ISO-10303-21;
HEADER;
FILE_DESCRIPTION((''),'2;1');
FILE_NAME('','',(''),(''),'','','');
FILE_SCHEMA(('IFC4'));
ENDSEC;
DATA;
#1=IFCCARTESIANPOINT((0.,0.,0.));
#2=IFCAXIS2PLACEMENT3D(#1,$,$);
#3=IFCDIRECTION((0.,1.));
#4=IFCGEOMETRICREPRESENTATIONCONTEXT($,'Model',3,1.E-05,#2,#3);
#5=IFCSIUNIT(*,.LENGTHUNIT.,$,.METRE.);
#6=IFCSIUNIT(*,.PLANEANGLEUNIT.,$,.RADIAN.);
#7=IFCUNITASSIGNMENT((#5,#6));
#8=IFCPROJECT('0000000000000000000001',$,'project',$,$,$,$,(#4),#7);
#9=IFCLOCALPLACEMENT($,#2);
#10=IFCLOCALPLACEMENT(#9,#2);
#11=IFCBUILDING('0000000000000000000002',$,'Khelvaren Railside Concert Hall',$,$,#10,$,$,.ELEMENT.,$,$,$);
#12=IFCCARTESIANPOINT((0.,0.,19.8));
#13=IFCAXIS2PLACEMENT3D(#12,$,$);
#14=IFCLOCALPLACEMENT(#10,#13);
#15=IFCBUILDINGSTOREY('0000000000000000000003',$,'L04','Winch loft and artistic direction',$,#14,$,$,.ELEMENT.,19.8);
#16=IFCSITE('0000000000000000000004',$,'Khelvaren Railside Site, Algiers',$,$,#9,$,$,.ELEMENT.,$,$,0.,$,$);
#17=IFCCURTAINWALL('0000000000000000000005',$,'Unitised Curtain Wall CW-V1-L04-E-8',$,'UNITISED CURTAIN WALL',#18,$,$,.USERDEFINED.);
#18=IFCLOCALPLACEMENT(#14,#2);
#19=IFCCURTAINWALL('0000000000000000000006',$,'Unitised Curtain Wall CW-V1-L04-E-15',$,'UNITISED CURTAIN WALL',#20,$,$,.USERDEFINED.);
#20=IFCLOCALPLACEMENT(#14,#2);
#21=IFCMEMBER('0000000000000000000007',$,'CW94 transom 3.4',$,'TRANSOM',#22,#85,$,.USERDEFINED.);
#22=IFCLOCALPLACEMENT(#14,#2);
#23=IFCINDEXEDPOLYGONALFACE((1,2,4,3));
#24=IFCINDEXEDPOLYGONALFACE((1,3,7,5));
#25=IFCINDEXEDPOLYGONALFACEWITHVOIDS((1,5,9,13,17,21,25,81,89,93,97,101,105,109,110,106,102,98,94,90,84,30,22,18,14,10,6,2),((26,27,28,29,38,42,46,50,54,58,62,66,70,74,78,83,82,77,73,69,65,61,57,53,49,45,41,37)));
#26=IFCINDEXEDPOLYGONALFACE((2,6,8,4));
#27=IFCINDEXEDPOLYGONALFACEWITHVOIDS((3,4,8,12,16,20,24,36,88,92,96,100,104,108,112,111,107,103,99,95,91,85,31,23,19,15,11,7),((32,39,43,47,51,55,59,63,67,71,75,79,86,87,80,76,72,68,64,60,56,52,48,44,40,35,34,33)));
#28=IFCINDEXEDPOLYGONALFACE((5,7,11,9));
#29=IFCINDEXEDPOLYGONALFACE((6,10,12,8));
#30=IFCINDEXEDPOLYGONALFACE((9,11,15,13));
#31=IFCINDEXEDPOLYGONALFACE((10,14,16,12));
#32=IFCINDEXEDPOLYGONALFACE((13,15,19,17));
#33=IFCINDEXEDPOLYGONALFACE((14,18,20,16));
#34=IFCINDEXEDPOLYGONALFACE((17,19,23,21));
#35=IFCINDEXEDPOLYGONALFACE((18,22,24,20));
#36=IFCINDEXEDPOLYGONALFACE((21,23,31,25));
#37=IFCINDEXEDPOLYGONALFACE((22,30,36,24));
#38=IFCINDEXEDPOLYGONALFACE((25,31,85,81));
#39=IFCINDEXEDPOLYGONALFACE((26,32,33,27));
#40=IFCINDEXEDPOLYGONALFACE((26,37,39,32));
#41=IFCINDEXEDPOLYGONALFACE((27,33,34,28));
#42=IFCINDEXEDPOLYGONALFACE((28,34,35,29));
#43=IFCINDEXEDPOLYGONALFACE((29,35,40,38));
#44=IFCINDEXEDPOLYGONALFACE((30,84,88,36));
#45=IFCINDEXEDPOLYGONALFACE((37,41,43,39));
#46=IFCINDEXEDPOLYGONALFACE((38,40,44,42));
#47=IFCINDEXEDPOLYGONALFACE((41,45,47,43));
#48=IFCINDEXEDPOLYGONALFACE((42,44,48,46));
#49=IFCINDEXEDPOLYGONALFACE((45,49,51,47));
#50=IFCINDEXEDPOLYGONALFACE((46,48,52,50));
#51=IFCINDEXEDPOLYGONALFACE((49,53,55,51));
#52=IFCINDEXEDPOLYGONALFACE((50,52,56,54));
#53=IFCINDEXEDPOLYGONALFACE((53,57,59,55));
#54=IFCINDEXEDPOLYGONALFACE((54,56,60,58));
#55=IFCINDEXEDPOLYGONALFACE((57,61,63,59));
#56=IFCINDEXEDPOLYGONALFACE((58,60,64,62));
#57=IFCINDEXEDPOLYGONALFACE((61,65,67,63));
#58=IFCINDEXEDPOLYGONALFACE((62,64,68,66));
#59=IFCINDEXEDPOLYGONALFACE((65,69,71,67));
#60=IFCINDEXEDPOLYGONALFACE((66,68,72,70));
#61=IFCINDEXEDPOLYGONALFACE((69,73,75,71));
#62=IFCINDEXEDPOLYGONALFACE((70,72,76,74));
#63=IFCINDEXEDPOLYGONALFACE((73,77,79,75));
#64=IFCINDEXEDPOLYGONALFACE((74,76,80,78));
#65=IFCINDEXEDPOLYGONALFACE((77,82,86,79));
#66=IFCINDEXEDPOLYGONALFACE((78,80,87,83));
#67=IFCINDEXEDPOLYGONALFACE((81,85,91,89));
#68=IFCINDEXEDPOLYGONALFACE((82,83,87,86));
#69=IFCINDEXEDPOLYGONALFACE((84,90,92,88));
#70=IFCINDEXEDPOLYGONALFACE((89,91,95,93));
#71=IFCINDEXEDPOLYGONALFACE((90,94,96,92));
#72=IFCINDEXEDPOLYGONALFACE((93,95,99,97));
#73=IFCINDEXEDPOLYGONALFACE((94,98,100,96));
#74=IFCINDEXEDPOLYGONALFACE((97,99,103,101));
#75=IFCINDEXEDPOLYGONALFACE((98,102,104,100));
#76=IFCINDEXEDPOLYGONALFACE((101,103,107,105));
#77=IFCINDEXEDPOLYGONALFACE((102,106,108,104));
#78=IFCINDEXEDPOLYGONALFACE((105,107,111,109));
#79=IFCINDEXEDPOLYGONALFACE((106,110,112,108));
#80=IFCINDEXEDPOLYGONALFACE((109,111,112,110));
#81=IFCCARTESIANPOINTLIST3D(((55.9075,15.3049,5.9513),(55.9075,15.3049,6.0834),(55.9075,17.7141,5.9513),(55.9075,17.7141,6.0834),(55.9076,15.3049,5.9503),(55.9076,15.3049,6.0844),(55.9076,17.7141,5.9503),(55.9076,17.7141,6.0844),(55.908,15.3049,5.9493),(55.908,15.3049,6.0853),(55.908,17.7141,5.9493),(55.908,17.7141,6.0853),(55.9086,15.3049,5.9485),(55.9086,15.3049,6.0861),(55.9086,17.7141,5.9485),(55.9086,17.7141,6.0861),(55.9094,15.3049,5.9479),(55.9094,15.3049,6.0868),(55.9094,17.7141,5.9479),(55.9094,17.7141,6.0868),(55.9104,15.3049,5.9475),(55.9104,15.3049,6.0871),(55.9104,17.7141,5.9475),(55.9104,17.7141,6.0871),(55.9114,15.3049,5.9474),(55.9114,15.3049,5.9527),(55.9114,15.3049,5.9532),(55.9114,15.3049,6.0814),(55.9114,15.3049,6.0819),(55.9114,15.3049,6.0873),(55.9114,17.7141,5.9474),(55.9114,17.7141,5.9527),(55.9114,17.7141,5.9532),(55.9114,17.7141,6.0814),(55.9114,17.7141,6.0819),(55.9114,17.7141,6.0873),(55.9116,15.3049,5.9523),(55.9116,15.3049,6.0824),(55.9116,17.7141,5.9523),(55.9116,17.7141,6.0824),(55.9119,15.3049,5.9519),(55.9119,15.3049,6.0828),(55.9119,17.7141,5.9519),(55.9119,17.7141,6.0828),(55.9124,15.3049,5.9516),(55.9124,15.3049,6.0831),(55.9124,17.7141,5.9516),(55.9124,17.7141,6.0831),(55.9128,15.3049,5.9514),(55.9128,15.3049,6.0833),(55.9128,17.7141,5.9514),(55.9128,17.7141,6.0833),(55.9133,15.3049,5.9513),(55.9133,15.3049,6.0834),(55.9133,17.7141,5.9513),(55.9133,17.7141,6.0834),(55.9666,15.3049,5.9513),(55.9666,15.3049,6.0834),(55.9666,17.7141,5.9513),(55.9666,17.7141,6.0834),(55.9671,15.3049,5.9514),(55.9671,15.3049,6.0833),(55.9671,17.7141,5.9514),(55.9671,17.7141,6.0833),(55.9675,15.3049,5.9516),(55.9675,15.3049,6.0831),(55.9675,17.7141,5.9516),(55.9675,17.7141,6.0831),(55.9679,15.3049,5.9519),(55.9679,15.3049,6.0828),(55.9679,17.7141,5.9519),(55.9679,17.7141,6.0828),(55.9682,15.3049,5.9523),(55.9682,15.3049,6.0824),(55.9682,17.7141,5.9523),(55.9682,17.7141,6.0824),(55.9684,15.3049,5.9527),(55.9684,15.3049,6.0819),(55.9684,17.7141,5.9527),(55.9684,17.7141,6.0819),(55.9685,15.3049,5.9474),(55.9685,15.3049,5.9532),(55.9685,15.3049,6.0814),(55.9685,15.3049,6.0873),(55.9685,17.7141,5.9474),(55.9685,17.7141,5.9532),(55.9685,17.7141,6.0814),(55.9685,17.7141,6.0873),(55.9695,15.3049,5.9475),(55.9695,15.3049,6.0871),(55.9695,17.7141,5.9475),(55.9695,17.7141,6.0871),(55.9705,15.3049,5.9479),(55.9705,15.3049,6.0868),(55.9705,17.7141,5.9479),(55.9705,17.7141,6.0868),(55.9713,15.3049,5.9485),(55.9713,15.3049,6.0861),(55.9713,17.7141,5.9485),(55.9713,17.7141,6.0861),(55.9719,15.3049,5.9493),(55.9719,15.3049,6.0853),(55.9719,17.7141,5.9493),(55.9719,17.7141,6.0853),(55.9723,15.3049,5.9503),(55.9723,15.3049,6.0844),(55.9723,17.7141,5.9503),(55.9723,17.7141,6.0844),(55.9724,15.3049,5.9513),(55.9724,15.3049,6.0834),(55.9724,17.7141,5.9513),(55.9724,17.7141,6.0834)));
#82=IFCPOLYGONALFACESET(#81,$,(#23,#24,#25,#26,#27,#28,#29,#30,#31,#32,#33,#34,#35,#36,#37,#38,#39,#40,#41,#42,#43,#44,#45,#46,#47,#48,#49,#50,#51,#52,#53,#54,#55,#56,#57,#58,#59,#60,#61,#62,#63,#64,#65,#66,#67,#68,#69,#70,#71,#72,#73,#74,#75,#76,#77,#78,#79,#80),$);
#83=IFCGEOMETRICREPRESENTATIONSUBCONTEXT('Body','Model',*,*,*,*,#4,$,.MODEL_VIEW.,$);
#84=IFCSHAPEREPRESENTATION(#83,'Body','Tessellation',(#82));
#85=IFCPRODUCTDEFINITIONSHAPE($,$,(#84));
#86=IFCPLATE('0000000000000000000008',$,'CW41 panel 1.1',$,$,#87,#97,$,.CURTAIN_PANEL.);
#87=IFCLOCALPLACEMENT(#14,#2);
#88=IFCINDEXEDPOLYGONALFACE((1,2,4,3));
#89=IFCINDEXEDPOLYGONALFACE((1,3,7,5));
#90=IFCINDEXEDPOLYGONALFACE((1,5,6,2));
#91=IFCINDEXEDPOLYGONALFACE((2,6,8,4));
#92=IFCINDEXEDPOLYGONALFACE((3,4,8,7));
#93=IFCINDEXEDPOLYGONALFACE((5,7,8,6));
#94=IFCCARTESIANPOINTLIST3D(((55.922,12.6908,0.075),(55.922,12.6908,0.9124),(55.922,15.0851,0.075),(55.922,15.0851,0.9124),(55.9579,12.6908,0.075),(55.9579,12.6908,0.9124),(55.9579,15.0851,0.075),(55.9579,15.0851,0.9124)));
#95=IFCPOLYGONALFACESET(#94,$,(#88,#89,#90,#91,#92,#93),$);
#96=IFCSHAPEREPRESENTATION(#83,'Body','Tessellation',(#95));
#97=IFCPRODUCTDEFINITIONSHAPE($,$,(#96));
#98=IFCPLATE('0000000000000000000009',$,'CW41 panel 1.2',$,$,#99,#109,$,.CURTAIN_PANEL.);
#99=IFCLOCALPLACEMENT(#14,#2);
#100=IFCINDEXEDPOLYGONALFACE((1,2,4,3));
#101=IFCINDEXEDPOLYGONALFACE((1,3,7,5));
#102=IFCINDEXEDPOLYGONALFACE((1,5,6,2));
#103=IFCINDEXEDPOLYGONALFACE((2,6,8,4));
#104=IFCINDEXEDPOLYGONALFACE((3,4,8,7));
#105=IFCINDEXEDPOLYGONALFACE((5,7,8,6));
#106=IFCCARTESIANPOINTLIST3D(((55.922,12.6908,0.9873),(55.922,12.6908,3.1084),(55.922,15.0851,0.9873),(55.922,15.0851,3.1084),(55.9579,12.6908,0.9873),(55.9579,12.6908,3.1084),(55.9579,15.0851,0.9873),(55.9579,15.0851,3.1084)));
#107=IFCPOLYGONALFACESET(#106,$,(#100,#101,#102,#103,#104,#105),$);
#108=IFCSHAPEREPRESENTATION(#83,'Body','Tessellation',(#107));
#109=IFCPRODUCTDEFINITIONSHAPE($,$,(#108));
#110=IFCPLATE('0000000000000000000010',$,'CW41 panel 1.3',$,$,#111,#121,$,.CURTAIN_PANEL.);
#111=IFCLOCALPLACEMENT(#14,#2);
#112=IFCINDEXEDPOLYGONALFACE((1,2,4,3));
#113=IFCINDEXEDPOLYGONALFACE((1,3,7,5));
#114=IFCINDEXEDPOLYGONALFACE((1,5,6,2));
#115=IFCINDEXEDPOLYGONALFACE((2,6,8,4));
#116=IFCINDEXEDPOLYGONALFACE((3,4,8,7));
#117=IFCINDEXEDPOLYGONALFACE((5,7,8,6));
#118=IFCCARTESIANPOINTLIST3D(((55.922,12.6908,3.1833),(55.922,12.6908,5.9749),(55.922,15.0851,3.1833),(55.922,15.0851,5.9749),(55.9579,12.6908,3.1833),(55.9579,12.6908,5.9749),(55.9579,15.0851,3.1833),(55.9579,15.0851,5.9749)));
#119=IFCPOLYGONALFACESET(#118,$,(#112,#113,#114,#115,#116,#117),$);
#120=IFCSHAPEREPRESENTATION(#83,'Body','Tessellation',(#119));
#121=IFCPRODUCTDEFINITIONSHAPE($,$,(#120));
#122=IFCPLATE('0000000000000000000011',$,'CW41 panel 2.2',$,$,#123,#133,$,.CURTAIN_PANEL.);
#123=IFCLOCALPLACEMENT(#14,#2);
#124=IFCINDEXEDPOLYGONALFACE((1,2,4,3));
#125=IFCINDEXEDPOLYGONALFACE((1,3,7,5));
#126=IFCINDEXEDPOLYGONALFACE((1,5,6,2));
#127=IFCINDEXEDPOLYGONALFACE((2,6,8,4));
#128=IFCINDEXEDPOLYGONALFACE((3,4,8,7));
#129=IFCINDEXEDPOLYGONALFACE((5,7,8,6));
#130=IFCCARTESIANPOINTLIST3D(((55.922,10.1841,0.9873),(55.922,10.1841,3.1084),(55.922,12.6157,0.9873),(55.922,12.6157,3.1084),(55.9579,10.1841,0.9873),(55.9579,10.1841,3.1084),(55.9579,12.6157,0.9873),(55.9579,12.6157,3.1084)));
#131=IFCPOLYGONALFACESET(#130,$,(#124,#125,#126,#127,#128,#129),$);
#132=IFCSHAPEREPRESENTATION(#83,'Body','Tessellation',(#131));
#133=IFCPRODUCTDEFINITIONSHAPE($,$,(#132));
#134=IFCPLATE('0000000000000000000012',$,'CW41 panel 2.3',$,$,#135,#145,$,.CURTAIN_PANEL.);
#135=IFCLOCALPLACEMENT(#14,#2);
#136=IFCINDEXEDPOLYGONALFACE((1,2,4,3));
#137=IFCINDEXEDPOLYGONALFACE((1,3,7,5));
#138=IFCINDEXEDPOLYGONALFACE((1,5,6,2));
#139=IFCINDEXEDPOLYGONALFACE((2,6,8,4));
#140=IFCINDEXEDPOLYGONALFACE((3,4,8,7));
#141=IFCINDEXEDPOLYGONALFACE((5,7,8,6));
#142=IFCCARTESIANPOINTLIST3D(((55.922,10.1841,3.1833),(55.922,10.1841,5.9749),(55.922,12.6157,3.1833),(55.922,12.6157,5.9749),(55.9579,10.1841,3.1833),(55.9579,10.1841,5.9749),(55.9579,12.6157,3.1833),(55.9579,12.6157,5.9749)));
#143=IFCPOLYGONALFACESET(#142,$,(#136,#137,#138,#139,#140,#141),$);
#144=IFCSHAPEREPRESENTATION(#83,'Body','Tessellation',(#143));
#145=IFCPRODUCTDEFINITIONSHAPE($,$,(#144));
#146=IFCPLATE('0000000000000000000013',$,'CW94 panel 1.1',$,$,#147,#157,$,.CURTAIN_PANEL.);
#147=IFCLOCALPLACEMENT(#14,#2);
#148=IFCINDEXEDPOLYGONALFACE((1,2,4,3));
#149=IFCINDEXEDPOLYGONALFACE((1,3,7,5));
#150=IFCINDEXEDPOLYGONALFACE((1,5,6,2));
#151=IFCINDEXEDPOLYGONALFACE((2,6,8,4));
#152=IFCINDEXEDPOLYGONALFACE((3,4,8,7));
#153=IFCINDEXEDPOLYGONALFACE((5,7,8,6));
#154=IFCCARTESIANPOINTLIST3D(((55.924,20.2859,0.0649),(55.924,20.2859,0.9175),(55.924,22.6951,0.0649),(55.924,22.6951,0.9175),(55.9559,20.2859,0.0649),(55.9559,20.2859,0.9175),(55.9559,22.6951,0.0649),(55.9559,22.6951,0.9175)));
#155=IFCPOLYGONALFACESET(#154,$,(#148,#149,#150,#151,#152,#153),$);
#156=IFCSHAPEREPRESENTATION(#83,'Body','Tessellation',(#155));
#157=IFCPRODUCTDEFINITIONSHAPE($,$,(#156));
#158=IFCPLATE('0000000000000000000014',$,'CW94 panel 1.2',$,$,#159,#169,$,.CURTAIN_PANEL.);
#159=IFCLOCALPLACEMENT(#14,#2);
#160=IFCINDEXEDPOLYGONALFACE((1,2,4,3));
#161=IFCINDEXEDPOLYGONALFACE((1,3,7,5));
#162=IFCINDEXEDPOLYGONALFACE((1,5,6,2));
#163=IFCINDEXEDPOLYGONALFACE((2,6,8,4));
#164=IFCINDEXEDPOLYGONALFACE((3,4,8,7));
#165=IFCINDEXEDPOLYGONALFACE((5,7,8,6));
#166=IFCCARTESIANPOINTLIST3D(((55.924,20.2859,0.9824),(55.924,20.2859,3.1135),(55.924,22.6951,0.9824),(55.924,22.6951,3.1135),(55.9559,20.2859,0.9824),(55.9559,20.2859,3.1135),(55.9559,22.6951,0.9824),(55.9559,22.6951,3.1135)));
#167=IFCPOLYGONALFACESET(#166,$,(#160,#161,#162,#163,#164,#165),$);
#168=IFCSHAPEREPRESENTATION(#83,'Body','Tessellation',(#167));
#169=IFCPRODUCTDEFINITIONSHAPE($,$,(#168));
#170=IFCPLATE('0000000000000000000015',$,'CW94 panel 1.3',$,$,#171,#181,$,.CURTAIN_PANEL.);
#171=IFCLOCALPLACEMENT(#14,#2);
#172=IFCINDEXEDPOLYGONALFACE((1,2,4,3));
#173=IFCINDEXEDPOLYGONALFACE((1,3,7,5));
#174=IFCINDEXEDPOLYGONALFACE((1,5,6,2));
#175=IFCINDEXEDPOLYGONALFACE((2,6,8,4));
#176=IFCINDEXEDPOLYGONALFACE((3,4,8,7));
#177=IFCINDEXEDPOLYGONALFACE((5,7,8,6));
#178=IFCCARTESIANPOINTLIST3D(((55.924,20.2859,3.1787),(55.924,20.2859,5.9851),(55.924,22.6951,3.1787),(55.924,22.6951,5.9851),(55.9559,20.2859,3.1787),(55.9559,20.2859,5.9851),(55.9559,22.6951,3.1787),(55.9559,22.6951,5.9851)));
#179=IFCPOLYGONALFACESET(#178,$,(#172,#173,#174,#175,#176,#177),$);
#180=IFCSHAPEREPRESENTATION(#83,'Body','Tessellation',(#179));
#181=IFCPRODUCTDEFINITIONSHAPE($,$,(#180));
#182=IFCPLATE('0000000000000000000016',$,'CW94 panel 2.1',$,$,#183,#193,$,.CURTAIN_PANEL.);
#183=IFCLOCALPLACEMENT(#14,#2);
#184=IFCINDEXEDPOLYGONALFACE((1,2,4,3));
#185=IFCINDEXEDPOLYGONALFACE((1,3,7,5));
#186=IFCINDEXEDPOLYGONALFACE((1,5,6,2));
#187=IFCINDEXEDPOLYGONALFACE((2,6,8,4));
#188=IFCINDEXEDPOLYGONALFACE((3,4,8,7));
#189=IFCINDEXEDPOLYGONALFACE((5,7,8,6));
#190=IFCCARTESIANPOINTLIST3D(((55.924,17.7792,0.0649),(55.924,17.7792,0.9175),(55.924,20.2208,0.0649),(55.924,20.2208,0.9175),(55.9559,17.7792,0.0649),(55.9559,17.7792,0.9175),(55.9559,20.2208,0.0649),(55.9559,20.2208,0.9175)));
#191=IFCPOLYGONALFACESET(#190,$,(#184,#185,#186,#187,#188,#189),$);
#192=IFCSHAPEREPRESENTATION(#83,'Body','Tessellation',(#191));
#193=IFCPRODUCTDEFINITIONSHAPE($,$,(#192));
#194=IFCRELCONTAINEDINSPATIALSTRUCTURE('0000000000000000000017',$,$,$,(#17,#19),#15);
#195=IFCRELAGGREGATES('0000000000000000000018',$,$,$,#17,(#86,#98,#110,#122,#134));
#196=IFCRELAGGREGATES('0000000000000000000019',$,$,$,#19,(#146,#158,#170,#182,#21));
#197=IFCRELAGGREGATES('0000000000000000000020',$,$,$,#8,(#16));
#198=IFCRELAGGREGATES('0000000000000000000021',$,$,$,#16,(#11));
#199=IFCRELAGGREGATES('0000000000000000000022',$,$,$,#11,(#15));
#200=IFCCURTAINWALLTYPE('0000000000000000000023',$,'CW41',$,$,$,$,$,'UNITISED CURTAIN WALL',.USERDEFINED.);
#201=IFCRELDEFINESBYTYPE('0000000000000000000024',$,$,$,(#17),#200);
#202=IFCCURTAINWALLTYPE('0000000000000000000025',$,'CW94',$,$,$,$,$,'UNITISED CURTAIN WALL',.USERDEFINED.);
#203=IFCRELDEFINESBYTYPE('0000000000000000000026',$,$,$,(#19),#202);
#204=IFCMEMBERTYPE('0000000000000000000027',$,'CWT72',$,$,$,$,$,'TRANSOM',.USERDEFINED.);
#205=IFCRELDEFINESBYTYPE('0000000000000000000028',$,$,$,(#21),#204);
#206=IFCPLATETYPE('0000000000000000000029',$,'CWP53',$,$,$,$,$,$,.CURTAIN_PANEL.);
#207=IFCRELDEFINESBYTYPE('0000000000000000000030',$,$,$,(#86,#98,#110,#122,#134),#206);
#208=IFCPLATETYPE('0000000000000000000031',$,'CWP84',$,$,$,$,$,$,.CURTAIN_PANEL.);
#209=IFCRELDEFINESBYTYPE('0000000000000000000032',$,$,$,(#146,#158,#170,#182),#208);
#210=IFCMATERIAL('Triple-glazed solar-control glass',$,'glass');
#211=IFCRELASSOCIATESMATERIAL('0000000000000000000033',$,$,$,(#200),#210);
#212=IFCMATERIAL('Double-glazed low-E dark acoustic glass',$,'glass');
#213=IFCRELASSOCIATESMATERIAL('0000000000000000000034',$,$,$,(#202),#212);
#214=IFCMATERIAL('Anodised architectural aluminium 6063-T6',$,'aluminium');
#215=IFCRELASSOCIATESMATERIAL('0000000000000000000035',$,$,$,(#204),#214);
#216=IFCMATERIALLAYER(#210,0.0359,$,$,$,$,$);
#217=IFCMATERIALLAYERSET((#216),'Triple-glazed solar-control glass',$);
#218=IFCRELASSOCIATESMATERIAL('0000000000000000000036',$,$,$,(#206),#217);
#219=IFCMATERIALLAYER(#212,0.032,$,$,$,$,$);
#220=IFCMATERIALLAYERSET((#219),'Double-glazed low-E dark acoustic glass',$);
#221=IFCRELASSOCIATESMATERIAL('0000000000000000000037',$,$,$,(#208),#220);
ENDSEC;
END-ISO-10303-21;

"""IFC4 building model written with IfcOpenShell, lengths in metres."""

from ifc_helpers import new_model, si_unit, direction, frame, origin, origin_2d, place, context, subcontext, project, spatial, rectangle, hollow_rectangle, extrude, material, layer, layer_set, material_profile, profile_set, type_object, element, aggregate, save


model = new_model("IFC4")

# Units and contexts
model_context = context("Model", 3, precision=1e-05, world=origin(), true_north=direction((0.0, 1.0)))
body_context = subcontext(model_context, "Body", "Model", "MODEL_VIEW")
ifc_project = project(units=[si_unit("LENGTHUNIT", "METRE"), si_unit("PLANEANGLEUNIT", "RADIAN")], contexts=[model_context])

# Site, building, storey
site_placement = place(None, origin())
site = spatial("IfcSite", under=ifc_project, at=site_placement, Name="Khelvaren Railside Site, Algiers", CompositionType="ELEMENT", RefElevation=0.0)
building_placement = place(site_placement, origin())
building = spatial("IfcBuilding", under=site, at=building_placement, Name="Khelvaren Railside Concert Hall", CompositionType="ELEMENT")
storey_placement = place(building_placement, frame((0.0, 0.0, 19.8)))
storey = spatial("IfcBuildingStorey", under=building, at=storey_placement, Name="L04", Description="Winch loft and artistic direction", CompositionType="ELEMENT", Elevation=19.8)

# Curtain walls
ifc_material_1 = material(Name="Triple-glazed solar-control glass", Category="glass")
curtain_wall_type_1 = type_object("IfcCurtainWallType", Name="CW41", ElementType="UNITISED CURTAIN WALL", PredefinedType="USERDEFINED", material=ifc_material_1)
curtain_wall_1_placement = place(storey_placement, origin())
curtain_wall_1 = element("IfcCurtainWall", 1, at=curtain_wall_1_placement, inside=storey, type_object=curtain_wall_type_1, Name="Unitised Curtain Wall CW-V1-L04-E-8", ObjectType="UNITISED CURTAIN WALL", PredefinedType="USERDEFINED")
ifc_material_2 = material(Name="Anodised architectural aluminium 6063-T6", Category="aluminium")
ifc_material_3 = material(Name="Double-glazed low-E dark acoustic glass", Category="glass")
curtain_wall_type_2 = type_object("IfcCurtainWallType", Name="CW94", ElementType="UNITISED CURTAIN WALL", PredefinedType="USERDEFINED", material=ifc_material_3)
curtain_wall_2_placement = place(storey_placement, origin())
curtain_wall_2 = element("IfcCurtainWall", 2, at=curtain_wall_2_placement, inside=storey, type_object=curtain_wall_type_2, Name="Unitised Curtain Wall CW-V1-L04-E-15", ObjectType="UNITISED CURTAIN WALL", PredefinedType="USERDEFINED")

# Member
ifc_material_profile_1 = material_profile(ifc_material_2, hollow_rectangle(XDim=0.0649, YDim=0.1399, WallThickness=0.0039, InnerFilletRadius=0.002, OuterFilletRadius=0.0039, at=origin_2d()), Name="CWT 65x140x4")
ifc_profile_set_1 = profile_set([ifc_material_profile_1], Name="Anodised architectural aluminium 6063-T6")
member_type_1 = type_object("IfcMemberType", Name="CWT72", ElementType="TRANSOM", PredefinedType="USERDEFINED", material=ifc_profile_set_1)
member_1_placement = place(storey_placement, frame((55.9399, 17.7141, 6.0173), z_axis=(0.0, -1.0, 0.0), x_axis=(1.0, 0.0, 0.0)))
member_1 = element("IfcMember", 3, at=member_1_placement, type_object=member_type_1, Name="CW94 transom 3.4", ObjectType="TRANSOM", PredefinedType="USERDEFINED", context=body_context, shape_type="SweptSolid", body=[
    extrude(hollow_rectangle(XDim=0.0649, YDim=0.1399, WallThickness=0.0039, InnerFilletRadius=0.002, OuterFilletRadius=0.0039, at=origin_2d()), origin(), (0.0, 0.0, 1.0), 2.4092),
])

# Plates
ifc_layer_1 = layer(ifc_material_1, 0.0359)
ifc_layer_set_1 = layer_set([ifc_layer_1], Name="Triple-glazed solar-control glass")
plate_type_1 = type_object("IfcPlateType", Name="CWP53", PredefinedType="CURTAIN_PANEL", material=ifc_layer_set_1)
plate_1_placement = place(storey_placement, frame((55.9399, 13.8879, 0.075), z_axis=(0.0, 0.0, 1.0), x_axis=(0.0, -1.0, 0.0)))
plate_1 = element("IfcPlate", 4, at=plate_1_placement, type_object=plate_type_1, Name="CW41 panel 1.1", PredefinedType="CURTAIN_PANEL", context=body_context, shape_type="SweptSolid", body=[
    extrude(rectangle(XDim=2.3943, YDim=0.0359, at=origin_2d()), origin(), (0.0, 0.0, 1.0), 0.8374),
])
plate_2_placement = place(storey_placement, frame((55.9399, 13.8879, 0.9873), z_axis=(0.0, 0.0, 1.0), x_axis=(0.0, -1.0, 0.0)))
plate_2 = element("IfcPlate", 5, at=plate_2_placement, type_object=plate_type_1, Name="CW41 panel 1.2", PredefinedType="CURTAIN_PANEL", context=body_context, shape_type="SweptSolid", body=[
    extrude(rectangle(XDim=2.3943, YDim=0.0359, at=origin_2d()), origin(), (0.0, 0.0, 1.0), 2.1211),
])
plate_3_placement = place(storey_placement, frame((55.9399, 13.8879, 3.1833), z_axis=(0.0, 0.0, 1.0), x_axis=(0.0, -1.0, 0.0)))
plate_3 = element("IfcPlate", 6, at=plate_3_placement, type_object=plate_type_1, Name="CW41 panel 1.3", PredefinedType="CURTAIN_PANEL", context=body_context, shape_type="SweptSolid", body=[
    extrude(rectangle(XDim=2.3943, YDim=0.0359, at=origin_2d()), origin(), (0.0, 0.0, 1.0), 2.7915),
])
plate_4_placement = place(storey_placement, frame((55.9399, 11.3999, 0.9873), z_axis=(0.0, 0.0, 1.0), x_axis=(0.0, -1.0, 0.0)))
plate_4 = element("IfcPlate", 7, at=plate_4_placement, type_object=plate_type_1, Name="CW41 panel 2.2", PredefinedType="CURTAIN_PANEL", context=body_context, shape_type="SweptSolid", body=[
    extrude(rectangle(XDim=2.4316, YDim=0.0359, at=origin_2d()), origin(), (0.0, 0.0, 1.0), 2.1211),
])
plate_5_placement = place(storey_placement, frame((55.9399, 11.3999, 3.1833), z_axis=(0.0, 0.0, 1.0), x_axis=(0.0, -1.0, 0.0)))
plate_5 = element("IfcPlate", 8, at=plate_5_placement, type_object=plate_type_1, Name="CW41 panel 2.3", PredefinedType="CURTAIN_PANEL", context=body_context, shape_type="SweptSolid", body=[
    extrude(rectangle(XDim=2.4316, YDim=0.0359, at=origin_2d()), origin(), (0.0, 0.0, 1.0), 2.7915),
])
aggregate(curtain_wall_1, [plate_1, plate_2, plate_3, plate_4, plate_5])
ifc_layer_2 = layer(ifc_material_3, 0.032)
ifc_layer_set_2 = layer_set([ifc_layer_2], Name="Double-glazed low-E dark acoustic glass")
plate_type_2 = type_object("IfcPlateType", Name="CWP84", PredefinedType="CURTAIN_PANEL", material=ifc_layer_set_2)
plate_6_placement = place(storey_placement, frame((55.9399, 21.4905, 0.0649), z_axis=(0.0, 0.0, 1.0), x_axis=(0.0, -1.0, 0.0)))
plate_6 = element("IfcPlate", 9, at=plate_6_placement, type_object=plate_type_2, Name="CW94 panel 1.1", PredefinedType="CURTAIN_PANEL", context=body_context, shape_type="SweptSolid", body=[
    extrude(rectangle(XDim=2.4092, YDim=0.032, at=origin_2d()), origin(), (0.0, 0.0, 1.0), 0.8525),
])
plate_7_placement = place(storey_placement, frame((55.9399, 21.4905, 0.9824), z_axis=(0.0, 0.0, 1.0), x_axis=(0.0, -1.0, 0.0)))
plate_7 = element("IfcPlate", 10, at=plate_7_placement, type_object=plate_type_2, Name="CW94 panel 1.2", PredefinedType="CURTAIN_PANEL", context=body_context, shape_type="SweptSolid", body=[
    extrude(rectangle(XDim=2.4092, YDim=0.032, at=origin_2d()), origin(), (0.0, 0.0, 1.0), 2.1311),
])
plate_8_placement = place(storey_placement, frame((55.9399, 21.4905, 3.1787), z_axis=(0.0, 0.0, 1.0), x_axis=(0.0, -1.0, 0.0)))
plate_8 = element("IfcPlate", 11, at=plate_8_placement, type_object=plate_type_2, Name="CW94 panel 1.3", PredefinedType="CURTAIN_PANEL", context=body_context, shape_type="SweptSolid", body=[
    extrude(rectangle(XDim=2.4092, YDim=0.032, at=origin_2d()), origin(), (0.0, 0.0, 1.0), 2.8064),
])
plate_9_placement = place(storey_placement, frame((55.9399, 19.0, 0.0649), z_axis=(0.0, 0.0, 1.0), x_axis=(0.0, -1.0, 0.0)))
plate_9 = element("IfcPlate", 12, at=plate_9_placement, type_object=plate_type_2, Name="CW94 panel 2.1", PredefinedType="CURTAIN_PANEL", context=body_context, shape_type="SweptSolid", body=[
    extrude(rectangle(XDim=2.4417, YDim=0.032, at=origin_2d()), origin(), (0.0, 0.0, 1.0), 0.8525),
])
aggregate(curtain_wall_2, [plate_6, plate_7, plate_8, plate_9, member_1])

save(model, "model.ifc")
